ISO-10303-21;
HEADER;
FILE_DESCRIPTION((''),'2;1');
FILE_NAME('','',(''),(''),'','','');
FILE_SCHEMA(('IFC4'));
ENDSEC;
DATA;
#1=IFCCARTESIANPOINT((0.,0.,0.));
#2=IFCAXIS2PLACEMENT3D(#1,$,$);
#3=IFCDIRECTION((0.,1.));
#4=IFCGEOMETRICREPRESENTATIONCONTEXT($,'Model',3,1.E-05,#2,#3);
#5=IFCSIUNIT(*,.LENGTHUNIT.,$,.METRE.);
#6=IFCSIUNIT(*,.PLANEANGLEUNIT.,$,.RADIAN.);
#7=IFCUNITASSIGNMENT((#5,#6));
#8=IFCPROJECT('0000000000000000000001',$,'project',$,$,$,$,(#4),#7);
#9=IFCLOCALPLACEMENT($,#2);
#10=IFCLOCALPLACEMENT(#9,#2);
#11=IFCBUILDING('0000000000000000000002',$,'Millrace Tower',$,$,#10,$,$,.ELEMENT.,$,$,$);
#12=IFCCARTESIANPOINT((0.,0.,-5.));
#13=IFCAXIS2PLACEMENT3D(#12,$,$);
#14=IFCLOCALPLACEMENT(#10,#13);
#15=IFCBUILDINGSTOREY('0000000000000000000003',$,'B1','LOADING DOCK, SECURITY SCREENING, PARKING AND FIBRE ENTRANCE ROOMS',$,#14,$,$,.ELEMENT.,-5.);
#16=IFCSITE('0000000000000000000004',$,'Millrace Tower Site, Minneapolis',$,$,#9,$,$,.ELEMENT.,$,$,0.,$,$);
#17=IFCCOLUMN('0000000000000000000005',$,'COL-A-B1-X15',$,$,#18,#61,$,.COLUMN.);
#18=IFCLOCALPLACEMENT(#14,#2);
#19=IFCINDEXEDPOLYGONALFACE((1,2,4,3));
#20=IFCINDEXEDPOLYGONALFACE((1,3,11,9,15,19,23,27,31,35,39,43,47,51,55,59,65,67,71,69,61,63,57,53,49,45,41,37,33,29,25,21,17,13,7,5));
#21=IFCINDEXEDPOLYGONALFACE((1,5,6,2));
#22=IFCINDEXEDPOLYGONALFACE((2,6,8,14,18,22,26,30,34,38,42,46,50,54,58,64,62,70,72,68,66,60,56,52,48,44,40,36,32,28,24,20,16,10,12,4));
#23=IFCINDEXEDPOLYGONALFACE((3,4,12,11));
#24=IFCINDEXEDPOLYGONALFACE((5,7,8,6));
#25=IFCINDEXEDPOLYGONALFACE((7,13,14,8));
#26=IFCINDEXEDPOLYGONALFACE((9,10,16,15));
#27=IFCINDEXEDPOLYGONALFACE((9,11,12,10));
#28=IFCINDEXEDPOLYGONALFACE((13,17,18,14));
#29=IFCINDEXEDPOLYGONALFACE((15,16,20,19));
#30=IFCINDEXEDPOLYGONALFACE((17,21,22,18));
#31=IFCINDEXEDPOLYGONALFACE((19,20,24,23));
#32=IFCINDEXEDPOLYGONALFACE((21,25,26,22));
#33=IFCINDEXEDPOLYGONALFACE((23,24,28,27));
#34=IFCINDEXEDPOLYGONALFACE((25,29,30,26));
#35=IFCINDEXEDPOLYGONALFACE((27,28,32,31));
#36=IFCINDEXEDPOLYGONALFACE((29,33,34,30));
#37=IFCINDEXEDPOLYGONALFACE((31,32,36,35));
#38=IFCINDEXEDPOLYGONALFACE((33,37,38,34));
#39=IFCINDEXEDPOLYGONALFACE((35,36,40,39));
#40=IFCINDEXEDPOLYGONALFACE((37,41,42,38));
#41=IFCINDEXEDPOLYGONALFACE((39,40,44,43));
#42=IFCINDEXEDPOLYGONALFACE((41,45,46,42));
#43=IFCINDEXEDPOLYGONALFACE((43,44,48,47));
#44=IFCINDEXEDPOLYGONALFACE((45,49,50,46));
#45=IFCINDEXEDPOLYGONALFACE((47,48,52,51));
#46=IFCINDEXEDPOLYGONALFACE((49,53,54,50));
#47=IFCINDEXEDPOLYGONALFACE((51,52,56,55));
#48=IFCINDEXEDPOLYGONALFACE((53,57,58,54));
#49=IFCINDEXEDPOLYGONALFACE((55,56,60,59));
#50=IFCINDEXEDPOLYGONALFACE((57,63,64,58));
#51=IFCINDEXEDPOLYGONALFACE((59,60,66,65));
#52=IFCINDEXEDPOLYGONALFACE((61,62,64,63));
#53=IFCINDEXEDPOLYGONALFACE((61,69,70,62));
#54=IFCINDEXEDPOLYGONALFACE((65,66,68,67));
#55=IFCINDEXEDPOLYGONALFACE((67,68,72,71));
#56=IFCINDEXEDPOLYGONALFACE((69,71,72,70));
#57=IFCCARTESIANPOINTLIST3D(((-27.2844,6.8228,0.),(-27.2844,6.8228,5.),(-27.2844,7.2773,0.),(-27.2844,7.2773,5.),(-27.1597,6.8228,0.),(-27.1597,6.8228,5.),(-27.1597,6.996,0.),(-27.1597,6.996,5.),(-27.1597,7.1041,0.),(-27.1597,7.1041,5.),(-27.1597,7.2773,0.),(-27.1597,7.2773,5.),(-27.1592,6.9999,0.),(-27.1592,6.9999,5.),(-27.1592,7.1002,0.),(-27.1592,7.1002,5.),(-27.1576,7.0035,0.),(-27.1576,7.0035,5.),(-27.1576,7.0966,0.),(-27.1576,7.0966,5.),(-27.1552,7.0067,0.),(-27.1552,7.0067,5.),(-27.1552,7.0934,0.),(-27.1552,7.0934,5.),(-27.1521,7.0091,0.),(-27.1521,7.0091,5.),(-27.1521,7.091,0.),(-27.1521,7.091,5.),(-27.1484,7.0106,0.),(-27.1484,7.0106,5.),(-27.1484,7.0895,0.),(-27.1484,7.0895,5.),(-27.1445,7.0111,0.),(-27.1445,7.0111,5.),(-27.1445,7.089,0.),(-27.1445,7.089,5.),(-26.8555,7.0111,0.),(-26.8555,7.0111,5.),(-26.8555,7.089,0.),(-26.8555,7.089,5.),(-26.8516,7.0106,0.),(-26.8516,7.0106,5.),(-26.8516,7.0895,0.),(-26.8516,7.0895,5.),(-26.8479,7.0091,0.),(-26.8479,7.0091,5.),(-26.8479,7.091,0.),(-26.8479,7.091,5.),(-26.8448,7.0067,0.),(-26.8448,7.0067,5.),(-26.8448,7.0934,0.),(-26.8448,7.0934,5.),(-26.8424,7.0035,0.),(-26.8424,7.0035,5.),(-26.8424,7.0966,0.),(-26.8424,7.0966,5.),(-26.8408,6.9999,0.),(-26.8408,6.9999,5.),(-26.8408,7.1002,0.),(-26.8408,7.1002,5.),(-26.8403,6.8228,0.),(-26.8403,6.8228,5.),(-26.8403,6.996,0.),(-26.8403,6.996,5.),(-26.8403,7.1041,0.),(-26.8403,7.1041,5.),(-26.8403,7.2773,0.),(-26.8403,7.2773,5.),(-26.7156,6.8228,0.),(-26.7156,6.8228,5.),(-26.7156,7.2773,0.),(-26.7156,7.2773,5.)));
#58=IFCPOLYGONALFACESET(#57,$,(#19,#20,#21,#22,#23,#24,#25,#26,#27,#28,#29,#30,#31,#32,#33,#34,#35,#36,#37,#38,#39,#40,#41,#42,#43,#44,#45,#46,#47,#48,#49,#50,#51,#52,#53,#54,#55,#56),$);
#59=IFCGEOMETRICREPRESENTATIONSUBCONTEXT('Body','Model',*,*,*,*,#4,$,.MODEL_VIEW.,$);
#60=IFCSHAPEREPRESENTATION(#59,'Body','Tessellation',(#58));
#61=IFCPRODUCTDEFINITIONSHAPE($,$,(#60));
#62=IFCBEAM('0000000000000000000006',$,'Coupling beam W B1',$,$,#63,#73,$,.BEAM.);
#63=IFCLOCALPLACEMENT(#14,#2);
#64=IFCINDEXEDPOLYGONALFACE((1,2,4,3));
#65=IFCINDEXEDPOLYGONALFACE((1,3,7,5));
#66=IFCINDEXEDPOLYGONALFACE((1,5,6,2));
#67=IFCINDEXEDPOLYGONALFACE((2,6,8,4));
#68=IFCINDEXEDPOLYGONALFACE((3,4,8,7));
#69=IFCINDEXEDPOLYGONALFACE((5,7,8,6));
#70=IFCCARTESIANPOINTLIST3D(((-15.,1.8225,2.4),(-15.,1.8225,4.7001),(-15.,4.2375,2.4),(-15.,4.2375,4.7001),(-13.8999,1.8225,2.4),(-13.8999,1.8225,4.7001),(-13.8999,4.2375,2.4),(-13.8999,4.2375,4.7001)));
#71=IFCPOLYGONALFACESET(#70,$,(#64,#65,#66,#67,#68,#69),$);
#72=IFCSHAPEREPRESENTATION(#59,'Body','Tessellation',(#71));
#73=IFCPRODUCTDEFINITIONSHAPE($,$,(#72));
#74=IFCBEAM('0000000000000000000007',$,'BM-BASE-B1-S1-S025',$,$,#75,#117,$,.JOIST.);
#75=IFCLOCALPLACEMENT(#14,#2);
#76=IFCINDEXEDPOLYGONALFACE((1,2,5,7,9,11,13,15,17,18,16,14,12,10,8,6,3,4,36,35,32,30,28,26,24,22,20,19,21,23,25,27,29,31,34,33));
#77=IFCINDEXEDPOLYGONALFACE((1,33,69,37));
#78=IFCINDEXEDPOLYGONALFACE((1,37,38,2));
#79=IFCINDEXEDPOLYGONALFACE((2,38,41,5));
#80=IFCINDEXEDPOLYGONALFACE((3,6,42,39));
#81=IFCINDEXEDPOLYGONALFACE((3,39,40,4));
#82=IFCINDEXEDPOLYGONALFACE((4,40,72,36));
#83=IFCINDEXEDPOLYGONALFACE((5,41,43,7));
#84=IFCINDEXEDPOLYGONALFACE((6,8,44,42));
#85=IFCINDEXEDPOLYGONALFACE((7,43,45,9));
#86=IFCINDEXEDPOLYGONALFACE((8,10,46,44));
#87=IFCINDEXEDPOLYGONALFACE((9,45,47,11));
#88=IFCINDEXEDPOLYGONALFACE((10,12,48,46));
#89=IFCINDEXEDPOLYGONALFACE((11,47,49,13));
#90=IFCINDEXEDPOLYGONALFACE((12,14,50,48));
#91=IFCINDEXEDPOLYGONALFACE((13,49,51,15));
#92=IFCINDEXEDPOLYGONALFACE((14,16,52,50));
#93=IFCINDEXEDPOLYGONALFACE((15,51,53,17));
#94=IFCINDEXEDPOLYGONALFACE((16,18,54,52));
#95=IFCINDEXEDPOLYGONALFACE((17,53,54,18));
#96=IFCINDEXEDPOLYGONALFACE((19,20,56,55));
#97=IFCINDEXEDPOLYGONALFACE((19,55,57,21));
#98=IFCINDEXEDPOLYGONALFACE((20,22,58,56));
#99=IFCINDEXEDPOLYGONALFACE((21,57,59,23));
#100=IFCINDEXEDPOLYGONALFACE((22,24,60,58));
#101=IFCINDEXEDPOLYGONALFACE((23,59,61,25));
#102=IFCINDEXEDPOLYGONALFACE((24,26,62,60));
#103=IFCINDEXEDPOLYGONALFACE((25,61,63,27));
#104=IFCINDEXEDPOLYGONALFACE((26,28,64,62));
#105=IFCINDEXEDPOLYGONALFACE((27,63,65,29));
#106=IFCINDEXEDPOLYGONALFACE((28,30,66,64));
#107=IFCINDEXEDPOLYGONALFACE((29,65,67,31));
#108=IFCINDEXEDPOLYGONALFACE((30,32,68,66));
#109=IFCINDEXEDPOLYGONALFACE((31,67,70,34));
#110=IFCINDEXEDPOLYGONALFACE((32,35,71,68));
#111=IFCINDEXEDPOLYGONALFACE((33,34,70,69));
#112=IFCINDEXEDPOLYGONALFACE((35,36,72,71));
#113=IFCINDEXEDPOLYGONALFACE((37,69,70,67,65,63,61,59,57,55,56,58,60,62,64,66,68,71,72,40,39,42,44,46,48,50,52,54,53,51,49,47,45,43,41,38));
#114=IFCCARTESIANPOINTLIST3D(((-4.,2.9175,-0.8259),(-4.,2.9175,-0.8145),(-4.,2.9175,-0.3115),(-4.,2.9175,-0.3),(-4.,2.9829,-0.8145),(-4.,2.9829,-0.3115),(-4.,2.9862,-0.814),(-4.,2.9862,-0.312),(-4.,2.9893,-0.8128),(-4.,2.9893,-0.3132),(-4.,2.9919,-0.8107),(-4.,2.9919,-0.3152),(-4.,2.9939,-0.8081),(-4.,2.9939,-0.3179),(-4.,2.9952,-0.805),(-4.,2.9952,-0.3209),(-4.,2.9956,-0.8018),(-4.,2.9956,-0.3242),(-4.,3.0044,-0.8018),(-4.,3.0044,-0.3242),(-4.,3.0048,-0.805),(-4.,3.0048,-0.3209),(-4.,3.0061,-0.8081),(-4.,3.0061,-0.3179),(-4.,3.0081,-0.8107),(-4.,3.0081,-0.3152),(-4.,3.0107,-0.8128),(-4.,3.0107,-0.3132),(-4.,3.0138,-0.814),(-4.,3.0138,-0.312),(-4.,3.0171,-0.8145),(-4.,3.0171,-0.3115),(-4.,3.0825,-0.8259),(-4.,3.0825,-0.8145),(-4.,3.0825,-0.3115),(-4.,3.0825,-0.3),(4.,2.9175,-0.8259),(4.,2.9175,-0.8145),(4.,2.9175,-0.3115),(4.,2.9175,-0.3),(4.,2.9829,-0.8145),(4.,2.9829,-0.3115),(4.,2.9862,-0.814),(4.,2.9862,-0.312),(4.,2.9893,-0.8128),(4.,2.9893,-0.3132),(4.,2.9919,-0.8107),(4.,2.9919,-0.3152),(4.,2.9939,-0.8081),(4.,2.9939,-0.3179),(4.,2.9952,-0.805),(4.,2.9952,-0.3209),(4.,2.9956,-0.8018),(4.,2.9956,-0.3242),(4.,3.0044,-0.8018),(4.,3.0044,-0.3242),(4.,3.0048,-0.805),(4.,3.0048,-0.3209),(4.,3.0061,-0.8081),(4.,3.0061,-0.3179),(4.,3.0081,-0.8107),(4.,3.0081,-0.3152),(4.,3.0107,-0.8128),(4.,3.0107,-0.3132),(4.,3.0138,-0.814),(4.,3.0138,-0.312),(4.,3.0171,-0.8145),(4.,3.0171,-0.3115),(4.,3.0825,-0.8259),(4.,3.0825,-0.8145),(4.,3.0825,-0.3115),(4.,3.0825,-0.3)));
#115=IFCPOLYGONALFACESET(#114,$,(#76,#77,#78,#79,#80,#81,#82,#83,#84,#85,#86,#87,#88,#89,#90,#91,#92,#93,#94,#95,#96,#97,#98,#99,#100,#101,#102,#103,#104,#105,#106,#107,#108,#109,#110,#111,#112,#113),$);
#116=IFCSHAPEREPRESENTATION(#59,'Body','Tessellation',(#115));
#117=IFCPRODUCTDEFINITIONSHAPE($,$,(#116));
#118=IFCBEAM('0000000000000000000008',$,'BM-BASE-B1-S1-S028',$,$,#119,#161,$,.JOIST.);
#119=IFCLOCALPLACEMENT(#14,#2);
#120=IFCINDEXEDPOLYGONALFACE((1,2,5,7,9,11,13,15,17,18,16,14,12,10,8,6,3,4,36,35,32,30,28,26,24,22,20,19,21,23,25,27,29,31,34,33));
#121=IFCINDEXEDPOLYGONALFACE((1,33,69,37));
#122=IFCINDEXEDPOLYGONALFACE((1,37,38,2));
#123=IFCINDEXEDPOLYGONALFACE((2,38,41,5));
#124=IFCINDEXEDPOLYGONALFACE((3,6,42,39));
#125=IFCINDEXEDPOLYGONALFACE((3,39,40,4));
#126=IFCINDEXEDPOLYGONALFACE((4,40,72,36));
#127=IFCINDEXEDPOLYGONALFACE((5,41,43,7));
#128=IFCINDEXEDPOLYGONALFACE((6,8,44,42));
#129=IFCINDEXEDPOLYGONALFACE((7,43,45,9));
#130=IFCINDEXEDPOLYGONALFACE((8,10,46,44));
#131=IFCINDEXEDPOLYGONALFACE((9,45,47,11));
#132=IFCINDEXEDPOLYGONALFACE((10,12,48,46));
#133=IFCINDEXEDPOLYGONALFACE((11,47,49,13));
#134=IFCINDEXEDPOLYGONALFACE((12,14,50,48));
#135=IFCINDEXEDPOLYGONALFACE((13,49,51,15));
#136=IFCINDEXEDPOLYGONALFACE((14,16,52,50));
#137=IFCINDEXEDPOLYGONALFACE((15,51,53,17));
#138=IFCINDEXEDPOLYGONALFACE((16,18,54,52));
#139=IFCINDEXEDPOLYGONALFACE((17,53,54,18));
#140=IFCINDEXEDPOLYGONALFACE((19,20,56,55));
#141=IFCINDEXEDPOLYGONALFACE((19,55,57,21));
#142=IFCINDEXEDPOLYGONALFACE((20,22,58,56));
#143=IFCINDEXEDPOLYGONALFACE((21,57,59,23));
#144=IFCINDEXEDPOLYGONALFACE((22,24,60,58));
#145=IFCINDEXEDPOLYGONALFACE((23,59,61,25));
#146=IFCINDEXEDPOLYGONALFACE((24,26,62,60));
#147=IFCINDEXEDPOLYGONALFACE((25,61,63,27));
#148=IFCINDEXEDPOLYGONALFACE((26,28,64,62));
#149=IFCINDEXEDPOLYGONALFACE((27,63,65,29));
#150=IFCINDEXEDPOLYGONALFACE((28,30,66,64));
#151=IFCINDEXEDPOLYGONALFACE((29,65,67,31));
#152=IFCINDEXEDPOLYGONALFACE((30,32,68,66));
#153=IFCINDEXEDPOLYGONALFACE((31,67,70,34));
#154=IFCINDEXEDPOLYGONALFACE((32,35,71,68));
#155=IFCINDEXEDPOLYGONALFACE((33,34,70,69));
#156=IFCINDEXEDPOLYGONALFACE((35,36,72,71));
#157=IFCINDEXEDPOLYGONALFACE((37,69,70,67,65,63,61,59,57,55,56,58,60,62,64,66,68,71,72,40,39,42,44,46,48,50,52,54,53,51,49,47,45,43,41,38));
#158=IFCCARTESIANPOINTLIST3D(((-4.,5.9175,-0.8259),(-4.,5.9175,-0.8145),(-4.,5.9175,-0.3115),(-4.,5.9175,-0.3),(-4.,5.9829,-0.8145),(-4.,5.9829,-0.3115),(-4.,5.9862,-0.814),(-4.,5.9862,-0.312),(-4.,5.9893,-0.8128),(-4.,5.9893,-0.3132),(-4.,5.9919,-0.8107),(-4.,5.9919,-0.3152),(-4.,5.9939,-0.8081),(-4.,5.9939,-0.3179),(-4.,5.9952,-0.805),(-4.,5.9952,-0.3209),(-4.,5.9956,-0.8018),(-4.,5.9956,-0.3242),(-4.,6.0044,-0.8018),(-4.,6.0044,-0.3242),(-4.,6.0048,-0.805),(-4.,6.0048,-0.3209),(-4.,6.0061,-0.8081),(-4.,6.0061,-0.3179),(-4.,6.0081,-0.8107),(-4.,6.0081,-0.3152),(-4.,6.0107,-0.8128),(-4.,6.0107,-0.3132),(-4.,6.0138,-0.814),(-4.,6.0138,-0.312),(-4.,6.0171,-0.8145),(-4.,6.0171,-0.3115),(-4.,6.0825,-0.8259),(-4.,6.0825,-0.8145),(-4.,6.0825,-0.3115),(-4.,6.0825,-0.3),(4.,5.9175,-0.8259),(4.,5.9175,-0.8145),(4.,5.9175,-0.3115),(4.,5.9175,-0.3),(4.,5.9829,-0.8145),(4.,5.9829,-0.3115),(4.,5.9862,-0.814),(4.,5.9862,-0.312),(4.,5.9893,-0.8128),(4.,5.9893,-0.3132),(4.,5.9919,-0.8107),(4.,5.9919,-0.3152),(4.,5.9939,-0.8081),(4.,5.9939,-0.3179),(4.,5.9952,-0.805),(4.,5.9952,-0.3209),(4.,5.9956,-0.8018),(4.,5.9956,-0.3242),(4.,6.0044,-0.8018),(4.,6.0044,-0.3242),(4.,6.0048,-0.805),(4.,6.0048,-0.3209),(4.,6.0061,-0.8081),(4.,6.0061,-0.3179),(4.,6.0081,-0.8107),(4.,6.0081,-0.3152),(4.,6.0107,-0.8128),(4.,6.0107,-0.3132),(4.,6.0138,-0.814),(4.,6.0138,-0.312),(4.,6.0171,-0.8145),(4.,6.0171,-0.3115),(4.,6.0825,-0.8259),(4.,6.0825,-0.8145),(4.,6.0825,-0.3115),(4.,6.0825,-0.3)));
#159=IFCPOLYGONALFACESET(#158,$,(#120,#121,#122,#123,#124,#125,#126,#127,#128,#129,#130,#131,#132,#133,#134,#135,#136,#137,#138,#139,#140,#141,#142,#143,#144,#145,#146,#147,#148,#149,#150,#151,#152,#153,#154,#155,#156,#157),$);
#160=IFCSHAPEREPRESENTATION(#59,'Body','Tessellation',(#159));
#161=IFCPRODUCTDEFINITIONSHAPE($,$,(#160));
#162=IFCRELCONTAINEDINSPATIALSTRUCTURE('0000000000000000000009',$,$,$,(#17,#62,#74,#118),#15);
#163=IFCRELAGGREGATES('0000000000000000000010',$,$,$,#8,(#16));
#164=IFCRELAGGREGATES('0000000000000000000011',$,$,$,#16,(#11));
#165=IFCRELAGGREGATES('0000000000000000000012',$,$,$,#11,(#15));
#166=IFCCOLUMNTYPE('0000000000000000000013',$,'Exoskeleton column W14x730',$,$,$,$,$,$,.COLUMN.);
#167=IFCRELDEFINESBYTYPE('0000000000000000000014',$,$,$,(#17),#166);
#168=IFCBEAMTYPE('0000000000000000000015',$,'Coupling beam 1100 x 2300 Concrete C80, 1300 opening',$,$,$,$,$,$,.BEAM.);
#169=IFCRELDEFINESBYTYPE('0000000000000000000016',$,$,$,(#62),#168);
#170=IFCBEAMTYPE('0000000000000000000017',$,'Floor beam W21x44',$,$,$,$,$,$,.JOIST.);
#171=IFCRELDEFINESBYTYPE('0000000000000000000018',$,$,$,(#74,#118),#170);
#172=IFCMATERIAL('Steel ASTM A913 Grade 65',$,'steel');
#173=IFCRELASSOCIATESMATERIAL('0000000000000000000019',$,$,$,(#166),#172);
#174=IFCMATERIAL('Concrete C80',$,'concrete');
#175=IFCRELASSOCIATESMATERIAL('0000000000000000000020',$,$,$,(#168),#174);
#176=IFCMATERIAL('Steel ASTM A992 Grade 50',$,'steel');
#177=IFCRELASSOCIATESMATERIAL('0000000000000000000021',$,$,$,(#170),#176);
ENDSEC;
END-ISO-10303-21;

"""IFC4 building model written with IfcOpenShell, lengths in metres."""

from ifc_helpers import new_model, si_unit, direction, frame, origin, origin_2d, place, context, subcontext, project, spatial, rectangle, i_section, extrude, material, material_profile, profile_set, type_object, element, save


model = new_model("IFC4")

# Units and contexts
model_context = context("Model", 3, precision=1e-05, world=origin(), true_north=direction((0.0, 1.0)))
body_context = subcontext(model_context, "Body", "Model", "MODEL_VIEW")
ifc_project = project(units=[si_unit("LENGTHUNIT", "METRE"), si_unit("PLANEANGLEUNIT", "RADIAN")], contexts=[model_context])

# Site, building, storey
site_placement = place(None, origin())
site = spatial("IfcSite", under=ifc_project, at=site_placement, Name="Millrace Tower Site, Minneapolis", CompositionType="ELEMENT", RefElevation=0.0)
building_placement = place(site_placement, origin())
building = spatial("IfcBuilding", under=site, at=building_placement, Name="Millrace Tower", CompositionType="ELEMENT")
storey_placement = place(building_placement, frame((0.0, 0.0, -5.0)))
storey = spatial("IfcBuildingStorey", under=building, at=storey_placement, Name="B1", Description="LOADING DOCK, SECURITY SCREENING, PARKING AND FIBRE ENTRANCE ROOMS", CompositionType="ELEMENT", Elevation=-5.0)

# Column
ifc_material_1 = material(Name="Steel ASTM A913 Grade 65", Category="steel")
ifc_material_profile_1 = material_profile(ifc_material_1, i_section(OverallWidth=0.4546, OverallDepth=0.5688, WebThickness=0.0779, FlangeThickness=0.1248, FilletRadius=0.0151, at=origin_2d()))
ifc_profile_set_1 = profile_set([ifc_material_profile_1], Name="Steel ASTM A913 Grade 65")
column_type = type_object("IfcColumnType", Name="Exoskeleton column W14x730", PredefinedType="COLUMN", material=ifc_profile_set_1)
placement_1 = place(storey_placement, frame((-27.0, 7.05, 0.0), z_axis=(0.0, 0.0, 1.0), x_axis=(0.0, -1.0, 0.0)))
element("IfcColumn", 1, at=placement_1, inside=storey, type_object=column_type, Name="COL-A-B1-X15", PredefinedType="COLUMN", context=body_context, shape_type="SweptSolid", body=[
    extrude(i_section(OverallWidth=0.4546, OverallDepth=0.5688, WebThickness=0.0779, FlangeThickness=0.1248, FilletRadius=0.0151, at=origin_2d()), origin(), (0.0, 0.0, 1.0), 5.0),
])

# Beams
ifc_material_2 = material(Name="Concrete C80", Category="concrete")
ifc_material_profile_2 = material_profile(ifc_material_2, rectangle(XDim=1.1001, YDim=2.3, at=origin_2d()))
ifc_profile_set_2 = profile_set([ifc_material_profile_2], Name="Concrete C80")
beam_type_1 = type_object("IfcBeamType", Name="Coupling beam 1100 x 2300 Concrete C80, 1300 opening", PredefinedType="BEAM", material=ifc_profile_set_2)
beam_placement = place(storey_placement, frame((-14.45, 1.8225, 3.55), z_axis=(0.0, 1.0, 0.0), x_axis=(-1.0, 0.0, 0.0)))
element("IfcBeam", 2, at=beam_placement, inside=storey, type_object=beam_type_1, Name="Coupling beam W B1", PredefinedType="BEAM", context=body_context, shape_type="SweptSolid", body=[
    extrude(rectangle(XDim=1.1001, YDim=2.3, at=origin_2d()), origin(), (0.0, 0.0, 1.0), 2.415),
])
ifc_material_3 = material(Name="Steel ASTM A992 Grade 50", Category="steel")
ifc_material_profile_3 = material_profile(ifc_material_3, i_section(OverallWidth=0.165, OverallDepth=0.5259, WebThickness=0.0088, FlangeThickness=0.0115, FilletRadius=0.0127, at=origin_2d()))
ifc_profile_set_3 = profile_set([ifc_material_profile_3], Name="Steel ASTM A992 Grade 50")
beam_type_2 = type_object("IfcBeamType", Name="Floor beam W21x44", PredefinedType="JOIST", material=ifc_profile_set_3)
for number, where, z_axis, x_axis, name in (
    (3, (-4.0, 3.0, -0.563), (1.0, 0.0, 0.0), (0.0, 1.0, 0.0), "BM-BASE-B1-S1-S025"),
    (4, (-4.0, 6.0, -0.563), (1.0, 0.0, 0.0), (0.0, 1.0, 0.0), "BM-BASE-B1-S1-S028"),
):
    element("IfcBeam", number, at=place(storey_placement, frame(where, z_axis=z_axis, x_axis=x_axis)), inside=storey, type_object=beam_type_2, Name=name, PredefinedType="JOIST", context=body_context, shape_type="SweptSolid", body=[
        extrude(i_section(OverallWidth=0.165, OverallDepth=0.5259, WebThickness=0.0088, FlangeThickness=0.0115, FilletRadius=0.0127, at=origin_2d()), origin(), (0.0, 0.0, 1.0), 8.0),
    ])

save(model, "model.ifc")
